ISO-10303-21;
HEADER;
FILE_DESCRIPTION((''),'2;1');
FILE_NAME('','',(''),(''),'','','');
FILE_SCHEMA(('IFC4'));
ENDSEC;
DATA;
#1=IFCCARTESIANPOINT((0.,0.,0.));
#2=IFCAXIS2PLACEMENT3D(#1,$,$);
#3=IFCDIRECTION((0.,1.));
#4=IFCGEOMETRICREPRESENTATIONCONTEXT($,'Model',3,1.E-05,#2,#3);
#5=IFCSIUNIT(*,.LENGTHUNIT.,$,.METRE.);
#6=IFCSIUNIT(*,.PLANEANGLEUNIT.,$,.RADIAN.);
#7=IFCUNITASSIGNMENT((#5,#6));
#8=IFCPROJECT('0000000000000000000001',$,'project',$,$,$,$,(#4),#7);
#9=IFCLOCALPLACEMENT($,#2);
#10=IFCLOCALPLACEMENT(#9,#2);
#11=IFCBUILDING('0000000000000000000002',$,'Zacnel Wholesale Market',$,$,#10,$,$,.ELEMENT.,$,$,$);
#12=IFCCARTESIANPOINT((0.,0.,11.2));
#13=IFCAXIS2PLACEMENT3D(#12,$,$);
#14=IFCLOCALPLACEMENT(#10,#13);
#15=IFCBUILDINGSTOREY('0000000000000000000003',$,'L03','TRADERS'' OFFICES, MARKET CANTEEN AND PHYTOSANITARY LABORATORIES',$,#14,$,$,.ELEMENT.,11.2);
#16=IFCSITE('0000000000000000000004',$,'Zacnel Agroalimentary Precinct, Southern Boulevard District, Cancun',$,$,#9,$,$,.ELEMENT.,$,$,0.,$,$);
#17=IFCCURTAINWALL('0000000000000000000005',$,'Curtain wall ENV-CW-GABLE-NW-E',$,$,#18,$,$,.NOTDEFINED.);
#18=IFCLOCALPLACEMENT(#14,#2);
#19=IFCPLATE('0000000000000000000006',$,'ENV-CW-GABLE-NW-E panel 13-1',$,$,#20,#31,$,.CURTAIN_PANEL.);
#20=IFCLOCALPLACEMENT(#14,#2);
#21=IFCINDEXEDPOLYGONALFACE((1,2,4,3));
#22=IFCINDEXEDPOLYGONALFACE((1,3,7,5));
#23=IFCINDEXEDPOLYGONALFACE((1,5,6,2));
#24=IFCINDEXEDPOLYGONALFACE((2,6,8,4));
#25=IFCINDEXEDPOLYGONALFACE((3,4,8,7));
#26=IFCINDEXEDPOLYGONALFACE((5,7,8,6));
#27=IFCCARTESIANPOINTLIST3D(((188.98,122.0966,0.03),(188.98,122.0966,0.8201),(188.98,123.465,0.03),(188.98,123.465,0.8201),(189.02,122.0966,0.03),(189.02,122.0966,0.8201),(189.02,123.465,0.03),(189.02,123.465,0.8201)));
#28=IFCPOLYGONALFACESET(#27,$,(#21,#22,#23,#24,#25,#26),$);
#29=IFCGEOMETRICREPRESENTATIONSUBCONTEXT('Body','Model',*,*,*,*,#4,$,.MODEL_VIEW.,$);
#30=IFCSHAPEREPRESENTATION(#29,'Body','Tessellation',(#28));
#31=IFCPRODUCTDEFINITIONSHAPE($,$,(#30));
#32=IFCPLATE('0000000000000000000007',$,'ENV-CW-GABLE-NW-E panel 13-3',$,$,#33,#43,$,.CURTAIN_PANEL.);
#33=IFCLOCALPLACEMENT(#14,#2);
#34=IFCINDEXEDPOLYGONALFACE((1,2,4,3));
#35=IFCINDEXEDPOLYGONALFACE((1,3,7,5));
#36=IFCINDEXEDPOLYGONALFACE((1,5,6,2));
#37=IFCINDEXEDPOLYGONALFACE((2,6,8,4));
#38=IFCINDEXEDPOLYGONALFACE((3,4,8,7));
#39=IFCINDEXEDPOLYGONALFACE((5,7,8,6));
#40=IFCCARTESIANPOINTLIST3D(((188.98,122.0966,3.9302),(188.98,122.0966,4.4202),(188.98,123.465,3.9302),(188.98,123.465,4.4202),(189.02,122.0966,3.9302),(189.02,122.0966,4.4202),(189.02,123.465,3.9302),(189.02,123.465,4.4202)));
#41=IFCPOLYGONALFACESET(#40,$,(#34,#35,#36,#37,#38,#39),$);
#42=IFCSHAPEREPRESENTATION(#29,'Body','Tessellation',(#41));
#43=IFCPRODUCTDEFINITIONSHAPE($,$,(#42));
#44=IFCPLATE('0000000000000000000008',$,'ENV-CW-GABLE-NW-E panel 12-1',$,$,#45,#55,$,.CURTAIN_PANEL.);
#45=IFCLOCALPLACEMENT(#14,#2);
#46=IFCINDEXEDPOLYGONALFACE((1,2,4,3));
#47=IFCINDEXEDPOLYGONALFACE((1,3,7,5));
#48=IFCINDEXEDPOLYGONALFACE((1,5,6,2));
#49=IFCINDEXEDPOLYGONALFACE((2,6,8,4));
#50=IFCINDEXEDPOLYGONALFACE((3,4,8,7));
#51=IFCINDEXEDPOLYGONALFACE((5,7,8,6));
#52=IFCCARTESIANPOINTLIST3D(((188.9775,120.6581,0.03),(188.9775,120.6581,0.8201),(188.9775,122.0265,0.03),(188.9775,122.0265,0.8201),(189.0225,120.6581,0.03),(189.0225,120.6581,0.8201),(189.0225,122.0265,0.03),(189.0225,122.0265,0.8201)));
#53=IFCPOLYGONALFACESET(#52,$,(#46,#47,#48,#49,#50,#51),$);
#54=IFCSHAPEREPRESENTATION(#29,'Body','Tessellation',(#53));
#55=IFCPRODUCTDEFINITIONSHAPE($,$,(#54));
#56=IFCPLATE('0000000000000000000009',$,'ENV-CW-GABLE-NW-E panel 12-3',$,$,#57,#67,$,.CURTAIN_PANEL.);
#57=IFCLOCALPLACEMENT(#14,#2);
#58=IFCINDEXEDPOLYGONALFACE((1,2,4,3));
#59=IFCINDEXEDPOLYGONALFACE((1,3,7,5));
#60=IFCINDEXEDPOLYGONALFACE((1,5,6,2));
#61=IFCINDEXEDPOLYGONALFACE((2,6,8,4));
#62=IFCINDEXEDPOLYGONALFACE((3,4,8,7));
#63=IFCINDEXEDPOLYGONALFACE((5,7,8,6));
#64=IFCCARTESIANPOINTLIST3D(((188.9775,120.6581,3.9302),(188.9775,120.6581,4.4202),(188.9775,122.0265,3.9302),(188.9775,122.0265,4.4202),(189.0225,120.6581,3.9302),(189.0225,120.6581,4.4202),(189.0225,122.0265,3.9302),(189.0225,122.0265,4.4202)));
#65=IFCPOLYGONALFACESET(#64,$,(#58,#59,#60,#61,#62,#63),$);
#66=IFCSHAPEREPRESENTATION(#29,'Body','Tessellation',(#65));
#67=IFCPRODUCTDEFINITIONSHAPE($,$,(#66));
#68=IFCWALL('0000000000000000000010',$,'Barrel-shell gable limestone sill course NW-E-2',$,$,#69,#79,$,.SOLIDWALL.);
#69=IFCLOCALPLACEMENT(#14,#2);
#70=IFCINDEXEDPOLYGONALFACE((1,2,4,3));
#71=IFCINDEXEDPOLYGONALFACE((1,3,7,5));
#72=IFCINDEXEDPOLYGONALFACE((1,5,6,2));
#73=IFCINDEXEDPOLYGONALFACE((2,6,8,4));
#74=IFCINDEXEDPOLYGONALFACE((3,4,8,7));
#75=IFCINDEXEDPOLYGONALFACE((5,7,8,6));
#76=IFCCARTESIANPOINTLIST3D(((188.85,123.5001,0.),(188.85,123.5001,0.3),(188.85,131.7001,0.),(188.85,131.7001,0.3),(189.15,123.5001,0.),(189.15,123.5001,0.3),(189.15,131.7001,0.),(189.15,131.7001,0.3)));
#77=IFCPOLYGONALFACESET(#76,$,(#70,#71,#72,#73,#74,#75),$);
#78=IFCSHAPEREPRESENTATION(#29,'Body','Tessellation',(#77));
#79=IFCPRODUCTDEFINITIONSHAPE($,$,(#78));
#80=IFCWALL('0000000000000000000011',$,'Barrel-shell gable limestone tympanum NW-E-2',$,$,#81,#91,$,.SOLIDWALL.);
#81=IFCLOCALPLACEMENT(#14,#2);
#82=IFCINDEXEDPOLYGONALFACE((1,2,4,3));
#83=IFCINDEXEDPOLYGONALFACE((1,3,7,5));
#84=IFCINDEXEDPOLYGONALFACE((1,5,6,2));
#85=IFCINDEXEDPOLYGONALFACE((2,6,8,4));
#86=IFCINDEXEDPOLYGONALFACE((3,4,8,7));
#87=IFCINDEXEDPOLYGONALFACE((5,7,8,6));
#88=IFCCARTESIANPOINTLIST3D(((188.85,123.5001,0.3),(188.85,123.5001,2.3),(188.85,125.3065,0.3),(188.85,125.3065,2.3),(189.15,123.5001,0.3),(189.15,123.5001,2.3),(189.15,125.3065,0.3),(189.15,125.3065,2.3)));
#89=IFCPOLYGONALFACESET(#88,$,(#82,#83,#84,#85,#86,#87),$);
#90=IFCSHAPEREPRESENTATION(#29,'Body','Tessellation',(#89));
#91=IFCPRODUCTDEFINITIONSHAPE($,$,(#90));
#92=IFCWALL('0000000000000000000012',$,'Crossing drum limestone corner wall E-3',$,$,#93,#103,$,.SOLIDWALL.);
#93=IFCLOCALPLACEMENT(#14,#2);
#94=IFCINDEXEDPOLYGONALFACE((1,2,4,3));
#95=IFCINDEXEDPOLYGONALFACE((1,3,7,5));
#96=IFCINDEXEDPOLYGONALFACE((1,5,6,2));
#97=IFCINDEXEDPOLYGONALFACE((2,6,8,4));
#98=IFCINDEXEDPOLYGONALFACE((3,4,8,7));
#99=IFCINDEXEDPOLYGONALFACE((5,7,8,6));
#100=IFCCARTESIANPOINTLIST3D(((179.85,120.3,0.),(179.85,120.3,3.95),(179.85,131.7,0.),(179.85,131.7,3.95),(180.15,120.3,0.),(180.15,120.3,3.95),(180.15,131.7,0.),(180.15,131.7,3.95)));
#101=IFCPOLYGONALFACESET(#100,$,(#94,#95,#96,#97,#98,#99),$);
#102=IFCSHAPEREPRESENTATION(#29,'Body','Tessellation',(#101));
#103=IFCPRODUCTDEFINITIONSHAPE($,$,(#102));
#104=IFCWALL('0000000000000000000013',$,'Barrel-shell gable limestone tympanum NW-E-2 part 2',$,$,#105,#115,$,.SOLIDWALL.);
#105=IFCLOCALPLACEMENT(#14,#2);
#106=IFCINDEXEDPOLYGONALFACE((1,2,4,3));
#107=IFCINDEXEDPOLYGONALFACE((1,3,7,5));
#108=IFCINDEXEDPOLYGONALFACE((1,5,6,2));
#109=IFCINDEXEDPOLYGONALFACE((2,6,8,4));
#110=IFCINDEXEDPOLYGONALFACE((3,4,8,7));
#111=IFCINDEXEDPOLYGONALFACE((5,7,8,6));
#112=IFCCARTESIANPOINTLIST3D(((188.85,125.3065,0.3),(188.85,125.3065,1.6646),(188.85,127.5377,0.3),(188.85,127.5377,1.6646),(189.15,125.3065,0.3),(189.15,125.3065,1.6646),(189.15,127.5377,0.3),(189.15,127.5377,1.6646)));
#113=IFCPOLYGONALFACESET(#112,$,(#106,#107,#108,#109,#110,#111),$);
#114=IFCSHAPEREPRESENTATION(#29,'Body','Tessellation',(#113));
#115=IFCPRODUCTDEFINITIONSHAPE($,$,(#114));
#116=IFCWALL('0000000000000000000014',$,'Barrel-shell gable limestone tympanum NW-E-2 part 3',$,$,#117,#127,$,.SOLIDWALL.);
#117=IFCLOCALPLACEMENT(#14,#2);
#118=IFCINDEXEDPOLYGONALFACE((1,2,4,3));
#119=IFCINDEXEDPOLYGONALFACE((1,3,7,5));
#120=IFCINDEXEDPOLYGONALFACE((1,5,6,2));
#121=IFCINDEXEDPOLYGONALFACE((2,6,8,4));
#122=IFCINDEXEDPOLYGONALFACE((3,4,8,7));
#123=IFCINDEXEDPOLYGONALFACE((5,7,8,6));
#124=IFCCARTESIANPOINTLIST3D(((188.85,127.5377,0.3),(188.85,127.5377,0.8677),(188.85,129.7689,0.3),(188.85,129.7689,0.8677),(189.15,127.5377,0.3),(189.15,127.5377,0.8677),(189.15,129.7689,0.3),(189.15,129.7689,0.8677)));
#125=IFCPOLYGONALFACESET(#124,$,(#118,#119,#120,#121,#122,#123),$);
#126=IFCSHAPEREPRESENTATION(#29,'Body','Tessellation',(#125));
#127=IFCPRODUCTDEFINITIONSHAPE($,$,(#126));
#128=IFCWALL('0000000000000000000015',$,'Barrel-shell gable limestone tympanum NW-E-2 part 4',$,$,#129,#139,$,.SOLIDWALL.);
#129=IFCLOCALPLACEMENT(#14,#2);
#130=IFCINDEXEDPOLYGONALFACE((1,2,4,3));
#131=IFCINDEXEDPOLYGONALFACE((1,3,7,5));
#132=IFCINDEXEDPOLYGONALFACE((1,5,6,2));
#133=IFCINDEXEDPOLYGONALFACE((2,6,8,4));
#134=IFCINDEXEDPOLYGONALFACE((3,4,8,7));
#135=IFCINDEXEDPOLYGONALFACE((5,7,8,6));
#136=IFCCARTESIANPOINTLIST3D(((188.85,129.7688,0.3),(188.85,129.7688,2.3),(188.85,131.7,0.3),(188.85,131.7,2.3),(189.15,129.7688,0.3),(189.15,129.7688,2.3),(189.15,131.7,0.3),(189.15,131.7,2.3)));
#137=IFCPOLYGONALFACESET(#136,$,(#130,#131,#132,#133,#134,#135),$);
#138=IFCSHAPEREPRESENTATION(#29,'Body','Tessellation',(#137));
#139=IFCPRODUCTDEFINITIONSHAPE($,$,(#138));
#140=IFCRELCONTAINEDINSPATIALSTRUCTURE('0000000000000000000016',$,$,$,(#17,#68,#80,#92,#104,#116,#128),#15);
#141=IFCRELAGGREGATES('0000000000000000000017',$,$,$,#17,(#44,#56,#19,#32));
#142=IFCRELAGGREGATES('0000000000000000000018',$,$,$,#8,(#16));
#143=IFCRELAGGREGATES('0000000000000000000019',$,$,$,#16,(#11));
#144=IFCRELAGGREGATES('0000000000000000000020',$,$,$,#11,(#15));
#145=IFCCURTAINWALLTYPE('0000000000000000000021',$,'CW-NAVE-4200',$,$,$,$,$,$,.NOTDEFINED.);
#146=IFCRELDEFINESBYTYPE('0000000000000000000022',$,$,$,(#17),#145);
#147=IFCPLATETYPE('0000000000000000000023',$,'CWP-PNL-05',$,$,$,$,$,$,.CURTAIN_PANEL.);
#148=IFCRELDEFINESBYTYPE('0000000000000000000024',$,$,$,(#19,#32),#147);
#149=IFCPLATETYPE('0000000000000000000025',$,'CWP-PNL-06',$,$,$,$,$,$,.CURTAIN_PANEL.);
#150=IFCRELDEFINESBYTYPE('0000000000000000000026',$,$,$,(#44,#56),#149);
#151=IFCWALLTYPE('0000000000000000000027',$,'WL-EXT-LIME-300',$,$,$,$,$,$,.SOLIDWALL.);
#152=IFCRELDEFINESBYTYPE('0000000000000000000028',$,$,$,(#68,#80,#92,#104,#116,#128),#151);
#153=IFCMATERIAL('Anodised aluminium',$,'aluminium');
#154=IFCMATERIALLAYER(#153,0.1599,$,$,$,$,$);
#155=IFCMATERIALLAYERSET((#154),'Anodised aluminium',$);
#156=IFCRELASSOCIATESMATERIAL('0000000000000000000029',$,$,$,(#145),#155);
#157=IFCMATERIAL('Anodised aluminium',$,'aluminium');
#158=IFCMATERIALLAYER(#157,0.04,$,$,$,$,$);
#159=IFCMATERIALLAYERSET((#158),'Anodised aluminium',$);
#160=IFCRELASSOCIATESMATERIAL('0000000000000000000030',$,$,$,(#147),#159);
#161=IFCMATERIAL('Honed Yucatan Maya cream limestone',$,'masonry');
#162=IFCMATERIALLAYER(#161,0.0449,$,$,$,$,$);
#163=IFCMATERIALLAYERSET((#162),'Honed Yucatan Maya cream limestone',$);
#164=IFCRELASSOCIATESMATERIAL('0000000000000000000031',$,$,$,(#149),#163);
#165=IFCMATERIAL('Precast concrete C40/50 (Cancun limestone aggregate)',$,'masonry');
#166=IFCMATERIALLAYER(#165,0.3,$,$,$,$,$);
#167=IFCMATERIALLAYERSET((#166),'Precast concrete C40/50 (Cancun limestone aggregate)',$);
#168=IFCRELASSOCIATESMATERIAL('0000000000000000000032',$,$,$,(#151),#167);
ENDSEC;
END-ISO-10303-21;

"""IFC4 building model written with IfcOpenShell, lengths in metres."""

from ifc_helpers import new_model, si_unit, direction, frame, frame_2d, origin, origin_2d, place, context, subcontext, project, spatial, rectangle, extrude, material, layer, layer_set, type_object, element, aggregate, save


model = new_model("IFC4")

# Units and contexts
model_context = context("Model", 3, precision=1e-05, world=origin(), true_north=direction((0.0, 1.0)))
body_context = subcontext(model_context, "Body", "Model", "MODEL_VIEW")
ifc_project = project(units=[si_unit("LENGTHUNIT", "METRE"), si_unit("PLANEANGLEUNIT", "RADIAN")], contexts=[model_context])

# Site, building, storey
site_placement = place(None, origin())
site = spatial("IfcSite", under=ifc_project, at=site_placement, Name="Zacnel Agroalimentary Precinct, Southern Boulevard District, Cancun", CompositionType="ELEMENT", RefElevation=0.0)
building_placement = place(site_placement, origin())
building = spatial("IfcBuilding", under=site, at=building_placement, Name="Zacnel Wholesale Market", CompositionType="ELEMENT")
storey_placement = place(building_placement, frame((0.0, 0.0, 11.2)))
storey = spatial("IfcBuildingStorey", under=building, at=storey_placement, Name="L03", Description="TRADERS' OFFICES, MARKET CANTEEN AND PHYTOSANITARY LABORATORIES", CompositionType="ELEMENT", Elevation=11.2)

# Curtain wall
ifc_material_1 = material(Name="Anodised aluminium", Category="aluminium")
ifc_layer_1 = layer(ifc_material_1, 0.1599)
ifc_layer_set_1 = layer_set([ifc_layer_1], Name="Anodised aluminium")
curtain_wall_type_1 = type_object("IfcCurtainWallType", Name="CW-NAVE-4200", PredefinedType="NOTDEFINED", material=ifc_layer_set_1)
curtain_wall_1_placement = place(storey_placement, origin())
curtain_wall_1 = element("IfcCurtainWall", 1, at=curtain_wall_1_placement, inside=storey, type_object=curtain_wall_type_1, Name="Curtain wall ENV-CW-GABLE-NW-E", PredefinedType="NOTDEFINED")

# Plates
ifc_material_2 = material(Name="Anodised aluminium", Category="aluminium")
ifc_layer_2 = layer(ifc_material_2, 0.04)
ifc_layer_set_2 = layer_set([ifc_layer_2], Name="Anodised aluminium")
plate_type_1 = type_object("IfcPlateType", Name="CWP-PNL-05", PredefinedType="CURTAIN_PANEL", material=ifc_layer_set_2)
plate_1_placement = place(storey_placement, frame((189.0, 122.7808, 0.03), z_axis=(0.0, 0.0, 1.0), x_axis=(0.0, 1.0, 0.0)))
plate_1 = element("IfcPlate", 2, at=plate_1_placement, type_object=plate_type_1, Name="ENV-CW-GABLE-NW-E panel 13-1", PredefinedType="CURTAIN_PANEL", context=body_context, shape_type="SweptSolid", body=[
    extrude(rectangle(XDim=1.3684, YDim=0.04, at=origin_2d()), origin(), (0.0, 0.0, 1.0), 0.79),
])
plate_2_placement = place(storey_placement, frame((189.0, 122.7808, 3.9302), z_axis=(0.0, 0.0, 1.0), x_axis=(0.0, 1.0, 0.0)))
plate_2 = element("IfcPlate", 3, at=plate_2_placement, type_object=plate_type_1, Name="ENV-CW-GABLE-NW-E panel 13-3", PredefinedType="CURTAIN_PANEL", context=body_context, shape_type="SweptSolid", body=[
    extrude(rectangle(XDim=1.3684, YDim=0.04, at=origin_2d()), origin(), (0.0, 0.0, 1.0), 0.49),
])
ifc_material_3 = material(Name="Honed Yucatan Maya cream limestone", Category="masonry")
ifc_layer_3 = layer(ifc_material_3, 0.0449)
ifc_layer_set_3 = layer_set([ifc_layer_3], Name="Honed Yucatan Maya cream limestone")
plate_type_2 = type_object("IfcPlateType", Name="CWP-PNL-06", PredefinedType="CURTAIN_PANEL", material=ifc_layer_set_3)
plate_3_placement = place(storey_placement, frame((189.0, 121.3423, 0.03), z_axis=(0.0, 0.0, 1.0), x_axis=(0.0, 1.0, 0.0)))
plate_3 = element("IfcPlate", 4, at=plate_3_placement, type_object=plate_type_2, Name="ENV-CW-GABLE-NW-E panel 12-1", PredefinedType="CURTAIN_PANEL", context=body_context, shape_type="SweptSolid", body=[
    extrude(rectangle(XDim=1.3684, YDim=0.0449, at=origin_2d()), origin(), (0.0, 0.0, 1.0), 0.79),
])
plate_4_placement = place(storey_placement, frame((189.0, 121.3423, 3.9302), z_axis=(0.0, 0.0, 1.0), x_axis=(0.0, 1.0, 0.0)))
plate_4 = element("IfcPlate", 5, at=plate_4_placement, type_object=plate_type_2, Name="ENV-CW-GABLE-NW-E panel 12-3", PredefinedType="CURTAIN_PANEL", context=body_context, shape_type="SweptSolid", body=[
    extrude(rectangle(XDim=1.3684, YDim=0.0449, at=origin_2d()), origin(), (0.0, 0.0, 1.0), 0.49),
])
aggregate(curtain_wall_1, [plate_3, plate_4, plate_1, plate_2])

# Walls
ifc_material_4 = material(Name="Precast concrete C40/50 (Cancun limestone aggregate)", Category="masonry")
ifc_layer_4 = layer(ifc_material_4, 0.3)
ifc_layer_set_4 = layer_set([ifc_layer_4], Name="Precast concrete C40/50 (Cancun limestone aggregate)")
wall_type = type_object("IfcWallType", Name="WL-EXT-LIME-300", PredefinedType="SOLIDWALL", material=ifc_layer_set_4)
wall_1_placement = place(storey_placement, frame((189.0, 123.5, 0.0), z_axis=(0.0, 0.0, 1.0), x_axis=(0.0, 1.0, 0.0)))
element("IfcWall", 6, at=wall_1_placement, inside=storey, type_object=wall_type, Name="Barrel-shell gable limestone sill course NW-E-2", PredefinedType="SOLIDWALL", context=body_context, shape_type="SweptSolid", body=[
    extrude(rectangle(XDim=8.2, YDim=0.3, at=frame_2d((4.1001, 0.0))), origin(), (0.0, 0.0, 1.0), 0.3),
])
wall_2_placement = place(storey_placement, frame((189.0, 123.5, 0.3), z_axis=(0.0, 0.0, 1.0), x_axis=(0.0, 1.0, 0.0)))
element("IfcWall", 7, at=wall_2_placement, inside=storey, type_object=wall_type, Name="Barrel-shell gable limestone tympanum NW-E-2", PredefinedType="SOLIDWALL", context=body_context, shape_type="SweptSolid", body=[
    extrude(rectangle(XDim=1.8064, YDim=0.3, at=frame_2d((0.9033, 0.0))), origin(), (0.0, 0.0, 1.0), 2.0),
])
wall_3_placement = place(storey_placement, frame((180.0, 120.3, 0.0), z_axis=(0.0, 0.0, 1.0), x_axis=(0.0, 1.0, 0.0)))
element("IfcWall", 8, at=wall_3_placement, inside=storey, type_object=wall_type, Name="Crossing drum limestone corner wall E-3", PredefinedType="SOLIDWALL", context=body_context, shape_type="SweptSolid", body=[
    extrude(rectangle(XDim=11.3999, YDim=0.3, at=frame_2d((5.7, 0.0))), origin(), (0.0, 0.0, 1.0), 3.95),
])
wall_4_placement = place(storey_placement, frame((189.0, 125.3064, 0.3), z_axis=(0.0, 0.0, 1.0), x_axis=(0.0, 1.0, 0.0)))
element("IfcWall", 9, at=wall_4_placement, inside=storey, type_object=wall_type, Name="Barrel-shell gable limestone tympanum NW-E-2 part 2", PredefinedType="SOLIDWALL", context=body_context, shape_type="SweptSolid", body=[
    extrude(rectangle(XDim=2.2312, YDim=0.3, at=frame_2d((1.1157, 0.0))), origin(), (0.0, 0.0, 1.0), 1.3645),
])
wall_5_placement = place(storey_placement, frame((189.0, 127.5376, 0.3), z_axis=(0.0, 0.0, 1.0), x_axis=(0.0, 1.0, 0.0)))
element("IfcWall", 10, at=wall_5_placement, inside=storey, type_object=wall_type, Name="Barrel-shell gable limestone tympanum NW-E-2 part 3", PredefinedType="SOLIDWALL", context=body_context, shape_type="SweptSolid", body=[
    extrude(rectangle(XDim=2.2312, YDim=0.3, at=frame_2d((1.1157, 0.0))), origin(), (0.0, 0.0, 1.0), 0.5676),
])
wall_6_placement = place(storey_placement, frame((189.0, 129.7688, 0.3), z_axis=(0.0, 0.0, 1.0), x_axis=(0.0, 1.0, 0.0)))
element("IfcWall", 11, at=wall_6_placement, inside=storey, type_object=wall_type, Name="Barrel-shell gable limestone tympanum NW-E-2 part 4", PredefinedType="SOLIDWALL", context=body_context, shape_type="SweptSolid", body=[
    extrude(rectangle(XDim=1.9312, YDim=0.3, at=frame_2d((0.9656, 0.0))), origin(), (0.0, 0.0, 1.0), 2.0),
])

save(model, "model.ifc")
